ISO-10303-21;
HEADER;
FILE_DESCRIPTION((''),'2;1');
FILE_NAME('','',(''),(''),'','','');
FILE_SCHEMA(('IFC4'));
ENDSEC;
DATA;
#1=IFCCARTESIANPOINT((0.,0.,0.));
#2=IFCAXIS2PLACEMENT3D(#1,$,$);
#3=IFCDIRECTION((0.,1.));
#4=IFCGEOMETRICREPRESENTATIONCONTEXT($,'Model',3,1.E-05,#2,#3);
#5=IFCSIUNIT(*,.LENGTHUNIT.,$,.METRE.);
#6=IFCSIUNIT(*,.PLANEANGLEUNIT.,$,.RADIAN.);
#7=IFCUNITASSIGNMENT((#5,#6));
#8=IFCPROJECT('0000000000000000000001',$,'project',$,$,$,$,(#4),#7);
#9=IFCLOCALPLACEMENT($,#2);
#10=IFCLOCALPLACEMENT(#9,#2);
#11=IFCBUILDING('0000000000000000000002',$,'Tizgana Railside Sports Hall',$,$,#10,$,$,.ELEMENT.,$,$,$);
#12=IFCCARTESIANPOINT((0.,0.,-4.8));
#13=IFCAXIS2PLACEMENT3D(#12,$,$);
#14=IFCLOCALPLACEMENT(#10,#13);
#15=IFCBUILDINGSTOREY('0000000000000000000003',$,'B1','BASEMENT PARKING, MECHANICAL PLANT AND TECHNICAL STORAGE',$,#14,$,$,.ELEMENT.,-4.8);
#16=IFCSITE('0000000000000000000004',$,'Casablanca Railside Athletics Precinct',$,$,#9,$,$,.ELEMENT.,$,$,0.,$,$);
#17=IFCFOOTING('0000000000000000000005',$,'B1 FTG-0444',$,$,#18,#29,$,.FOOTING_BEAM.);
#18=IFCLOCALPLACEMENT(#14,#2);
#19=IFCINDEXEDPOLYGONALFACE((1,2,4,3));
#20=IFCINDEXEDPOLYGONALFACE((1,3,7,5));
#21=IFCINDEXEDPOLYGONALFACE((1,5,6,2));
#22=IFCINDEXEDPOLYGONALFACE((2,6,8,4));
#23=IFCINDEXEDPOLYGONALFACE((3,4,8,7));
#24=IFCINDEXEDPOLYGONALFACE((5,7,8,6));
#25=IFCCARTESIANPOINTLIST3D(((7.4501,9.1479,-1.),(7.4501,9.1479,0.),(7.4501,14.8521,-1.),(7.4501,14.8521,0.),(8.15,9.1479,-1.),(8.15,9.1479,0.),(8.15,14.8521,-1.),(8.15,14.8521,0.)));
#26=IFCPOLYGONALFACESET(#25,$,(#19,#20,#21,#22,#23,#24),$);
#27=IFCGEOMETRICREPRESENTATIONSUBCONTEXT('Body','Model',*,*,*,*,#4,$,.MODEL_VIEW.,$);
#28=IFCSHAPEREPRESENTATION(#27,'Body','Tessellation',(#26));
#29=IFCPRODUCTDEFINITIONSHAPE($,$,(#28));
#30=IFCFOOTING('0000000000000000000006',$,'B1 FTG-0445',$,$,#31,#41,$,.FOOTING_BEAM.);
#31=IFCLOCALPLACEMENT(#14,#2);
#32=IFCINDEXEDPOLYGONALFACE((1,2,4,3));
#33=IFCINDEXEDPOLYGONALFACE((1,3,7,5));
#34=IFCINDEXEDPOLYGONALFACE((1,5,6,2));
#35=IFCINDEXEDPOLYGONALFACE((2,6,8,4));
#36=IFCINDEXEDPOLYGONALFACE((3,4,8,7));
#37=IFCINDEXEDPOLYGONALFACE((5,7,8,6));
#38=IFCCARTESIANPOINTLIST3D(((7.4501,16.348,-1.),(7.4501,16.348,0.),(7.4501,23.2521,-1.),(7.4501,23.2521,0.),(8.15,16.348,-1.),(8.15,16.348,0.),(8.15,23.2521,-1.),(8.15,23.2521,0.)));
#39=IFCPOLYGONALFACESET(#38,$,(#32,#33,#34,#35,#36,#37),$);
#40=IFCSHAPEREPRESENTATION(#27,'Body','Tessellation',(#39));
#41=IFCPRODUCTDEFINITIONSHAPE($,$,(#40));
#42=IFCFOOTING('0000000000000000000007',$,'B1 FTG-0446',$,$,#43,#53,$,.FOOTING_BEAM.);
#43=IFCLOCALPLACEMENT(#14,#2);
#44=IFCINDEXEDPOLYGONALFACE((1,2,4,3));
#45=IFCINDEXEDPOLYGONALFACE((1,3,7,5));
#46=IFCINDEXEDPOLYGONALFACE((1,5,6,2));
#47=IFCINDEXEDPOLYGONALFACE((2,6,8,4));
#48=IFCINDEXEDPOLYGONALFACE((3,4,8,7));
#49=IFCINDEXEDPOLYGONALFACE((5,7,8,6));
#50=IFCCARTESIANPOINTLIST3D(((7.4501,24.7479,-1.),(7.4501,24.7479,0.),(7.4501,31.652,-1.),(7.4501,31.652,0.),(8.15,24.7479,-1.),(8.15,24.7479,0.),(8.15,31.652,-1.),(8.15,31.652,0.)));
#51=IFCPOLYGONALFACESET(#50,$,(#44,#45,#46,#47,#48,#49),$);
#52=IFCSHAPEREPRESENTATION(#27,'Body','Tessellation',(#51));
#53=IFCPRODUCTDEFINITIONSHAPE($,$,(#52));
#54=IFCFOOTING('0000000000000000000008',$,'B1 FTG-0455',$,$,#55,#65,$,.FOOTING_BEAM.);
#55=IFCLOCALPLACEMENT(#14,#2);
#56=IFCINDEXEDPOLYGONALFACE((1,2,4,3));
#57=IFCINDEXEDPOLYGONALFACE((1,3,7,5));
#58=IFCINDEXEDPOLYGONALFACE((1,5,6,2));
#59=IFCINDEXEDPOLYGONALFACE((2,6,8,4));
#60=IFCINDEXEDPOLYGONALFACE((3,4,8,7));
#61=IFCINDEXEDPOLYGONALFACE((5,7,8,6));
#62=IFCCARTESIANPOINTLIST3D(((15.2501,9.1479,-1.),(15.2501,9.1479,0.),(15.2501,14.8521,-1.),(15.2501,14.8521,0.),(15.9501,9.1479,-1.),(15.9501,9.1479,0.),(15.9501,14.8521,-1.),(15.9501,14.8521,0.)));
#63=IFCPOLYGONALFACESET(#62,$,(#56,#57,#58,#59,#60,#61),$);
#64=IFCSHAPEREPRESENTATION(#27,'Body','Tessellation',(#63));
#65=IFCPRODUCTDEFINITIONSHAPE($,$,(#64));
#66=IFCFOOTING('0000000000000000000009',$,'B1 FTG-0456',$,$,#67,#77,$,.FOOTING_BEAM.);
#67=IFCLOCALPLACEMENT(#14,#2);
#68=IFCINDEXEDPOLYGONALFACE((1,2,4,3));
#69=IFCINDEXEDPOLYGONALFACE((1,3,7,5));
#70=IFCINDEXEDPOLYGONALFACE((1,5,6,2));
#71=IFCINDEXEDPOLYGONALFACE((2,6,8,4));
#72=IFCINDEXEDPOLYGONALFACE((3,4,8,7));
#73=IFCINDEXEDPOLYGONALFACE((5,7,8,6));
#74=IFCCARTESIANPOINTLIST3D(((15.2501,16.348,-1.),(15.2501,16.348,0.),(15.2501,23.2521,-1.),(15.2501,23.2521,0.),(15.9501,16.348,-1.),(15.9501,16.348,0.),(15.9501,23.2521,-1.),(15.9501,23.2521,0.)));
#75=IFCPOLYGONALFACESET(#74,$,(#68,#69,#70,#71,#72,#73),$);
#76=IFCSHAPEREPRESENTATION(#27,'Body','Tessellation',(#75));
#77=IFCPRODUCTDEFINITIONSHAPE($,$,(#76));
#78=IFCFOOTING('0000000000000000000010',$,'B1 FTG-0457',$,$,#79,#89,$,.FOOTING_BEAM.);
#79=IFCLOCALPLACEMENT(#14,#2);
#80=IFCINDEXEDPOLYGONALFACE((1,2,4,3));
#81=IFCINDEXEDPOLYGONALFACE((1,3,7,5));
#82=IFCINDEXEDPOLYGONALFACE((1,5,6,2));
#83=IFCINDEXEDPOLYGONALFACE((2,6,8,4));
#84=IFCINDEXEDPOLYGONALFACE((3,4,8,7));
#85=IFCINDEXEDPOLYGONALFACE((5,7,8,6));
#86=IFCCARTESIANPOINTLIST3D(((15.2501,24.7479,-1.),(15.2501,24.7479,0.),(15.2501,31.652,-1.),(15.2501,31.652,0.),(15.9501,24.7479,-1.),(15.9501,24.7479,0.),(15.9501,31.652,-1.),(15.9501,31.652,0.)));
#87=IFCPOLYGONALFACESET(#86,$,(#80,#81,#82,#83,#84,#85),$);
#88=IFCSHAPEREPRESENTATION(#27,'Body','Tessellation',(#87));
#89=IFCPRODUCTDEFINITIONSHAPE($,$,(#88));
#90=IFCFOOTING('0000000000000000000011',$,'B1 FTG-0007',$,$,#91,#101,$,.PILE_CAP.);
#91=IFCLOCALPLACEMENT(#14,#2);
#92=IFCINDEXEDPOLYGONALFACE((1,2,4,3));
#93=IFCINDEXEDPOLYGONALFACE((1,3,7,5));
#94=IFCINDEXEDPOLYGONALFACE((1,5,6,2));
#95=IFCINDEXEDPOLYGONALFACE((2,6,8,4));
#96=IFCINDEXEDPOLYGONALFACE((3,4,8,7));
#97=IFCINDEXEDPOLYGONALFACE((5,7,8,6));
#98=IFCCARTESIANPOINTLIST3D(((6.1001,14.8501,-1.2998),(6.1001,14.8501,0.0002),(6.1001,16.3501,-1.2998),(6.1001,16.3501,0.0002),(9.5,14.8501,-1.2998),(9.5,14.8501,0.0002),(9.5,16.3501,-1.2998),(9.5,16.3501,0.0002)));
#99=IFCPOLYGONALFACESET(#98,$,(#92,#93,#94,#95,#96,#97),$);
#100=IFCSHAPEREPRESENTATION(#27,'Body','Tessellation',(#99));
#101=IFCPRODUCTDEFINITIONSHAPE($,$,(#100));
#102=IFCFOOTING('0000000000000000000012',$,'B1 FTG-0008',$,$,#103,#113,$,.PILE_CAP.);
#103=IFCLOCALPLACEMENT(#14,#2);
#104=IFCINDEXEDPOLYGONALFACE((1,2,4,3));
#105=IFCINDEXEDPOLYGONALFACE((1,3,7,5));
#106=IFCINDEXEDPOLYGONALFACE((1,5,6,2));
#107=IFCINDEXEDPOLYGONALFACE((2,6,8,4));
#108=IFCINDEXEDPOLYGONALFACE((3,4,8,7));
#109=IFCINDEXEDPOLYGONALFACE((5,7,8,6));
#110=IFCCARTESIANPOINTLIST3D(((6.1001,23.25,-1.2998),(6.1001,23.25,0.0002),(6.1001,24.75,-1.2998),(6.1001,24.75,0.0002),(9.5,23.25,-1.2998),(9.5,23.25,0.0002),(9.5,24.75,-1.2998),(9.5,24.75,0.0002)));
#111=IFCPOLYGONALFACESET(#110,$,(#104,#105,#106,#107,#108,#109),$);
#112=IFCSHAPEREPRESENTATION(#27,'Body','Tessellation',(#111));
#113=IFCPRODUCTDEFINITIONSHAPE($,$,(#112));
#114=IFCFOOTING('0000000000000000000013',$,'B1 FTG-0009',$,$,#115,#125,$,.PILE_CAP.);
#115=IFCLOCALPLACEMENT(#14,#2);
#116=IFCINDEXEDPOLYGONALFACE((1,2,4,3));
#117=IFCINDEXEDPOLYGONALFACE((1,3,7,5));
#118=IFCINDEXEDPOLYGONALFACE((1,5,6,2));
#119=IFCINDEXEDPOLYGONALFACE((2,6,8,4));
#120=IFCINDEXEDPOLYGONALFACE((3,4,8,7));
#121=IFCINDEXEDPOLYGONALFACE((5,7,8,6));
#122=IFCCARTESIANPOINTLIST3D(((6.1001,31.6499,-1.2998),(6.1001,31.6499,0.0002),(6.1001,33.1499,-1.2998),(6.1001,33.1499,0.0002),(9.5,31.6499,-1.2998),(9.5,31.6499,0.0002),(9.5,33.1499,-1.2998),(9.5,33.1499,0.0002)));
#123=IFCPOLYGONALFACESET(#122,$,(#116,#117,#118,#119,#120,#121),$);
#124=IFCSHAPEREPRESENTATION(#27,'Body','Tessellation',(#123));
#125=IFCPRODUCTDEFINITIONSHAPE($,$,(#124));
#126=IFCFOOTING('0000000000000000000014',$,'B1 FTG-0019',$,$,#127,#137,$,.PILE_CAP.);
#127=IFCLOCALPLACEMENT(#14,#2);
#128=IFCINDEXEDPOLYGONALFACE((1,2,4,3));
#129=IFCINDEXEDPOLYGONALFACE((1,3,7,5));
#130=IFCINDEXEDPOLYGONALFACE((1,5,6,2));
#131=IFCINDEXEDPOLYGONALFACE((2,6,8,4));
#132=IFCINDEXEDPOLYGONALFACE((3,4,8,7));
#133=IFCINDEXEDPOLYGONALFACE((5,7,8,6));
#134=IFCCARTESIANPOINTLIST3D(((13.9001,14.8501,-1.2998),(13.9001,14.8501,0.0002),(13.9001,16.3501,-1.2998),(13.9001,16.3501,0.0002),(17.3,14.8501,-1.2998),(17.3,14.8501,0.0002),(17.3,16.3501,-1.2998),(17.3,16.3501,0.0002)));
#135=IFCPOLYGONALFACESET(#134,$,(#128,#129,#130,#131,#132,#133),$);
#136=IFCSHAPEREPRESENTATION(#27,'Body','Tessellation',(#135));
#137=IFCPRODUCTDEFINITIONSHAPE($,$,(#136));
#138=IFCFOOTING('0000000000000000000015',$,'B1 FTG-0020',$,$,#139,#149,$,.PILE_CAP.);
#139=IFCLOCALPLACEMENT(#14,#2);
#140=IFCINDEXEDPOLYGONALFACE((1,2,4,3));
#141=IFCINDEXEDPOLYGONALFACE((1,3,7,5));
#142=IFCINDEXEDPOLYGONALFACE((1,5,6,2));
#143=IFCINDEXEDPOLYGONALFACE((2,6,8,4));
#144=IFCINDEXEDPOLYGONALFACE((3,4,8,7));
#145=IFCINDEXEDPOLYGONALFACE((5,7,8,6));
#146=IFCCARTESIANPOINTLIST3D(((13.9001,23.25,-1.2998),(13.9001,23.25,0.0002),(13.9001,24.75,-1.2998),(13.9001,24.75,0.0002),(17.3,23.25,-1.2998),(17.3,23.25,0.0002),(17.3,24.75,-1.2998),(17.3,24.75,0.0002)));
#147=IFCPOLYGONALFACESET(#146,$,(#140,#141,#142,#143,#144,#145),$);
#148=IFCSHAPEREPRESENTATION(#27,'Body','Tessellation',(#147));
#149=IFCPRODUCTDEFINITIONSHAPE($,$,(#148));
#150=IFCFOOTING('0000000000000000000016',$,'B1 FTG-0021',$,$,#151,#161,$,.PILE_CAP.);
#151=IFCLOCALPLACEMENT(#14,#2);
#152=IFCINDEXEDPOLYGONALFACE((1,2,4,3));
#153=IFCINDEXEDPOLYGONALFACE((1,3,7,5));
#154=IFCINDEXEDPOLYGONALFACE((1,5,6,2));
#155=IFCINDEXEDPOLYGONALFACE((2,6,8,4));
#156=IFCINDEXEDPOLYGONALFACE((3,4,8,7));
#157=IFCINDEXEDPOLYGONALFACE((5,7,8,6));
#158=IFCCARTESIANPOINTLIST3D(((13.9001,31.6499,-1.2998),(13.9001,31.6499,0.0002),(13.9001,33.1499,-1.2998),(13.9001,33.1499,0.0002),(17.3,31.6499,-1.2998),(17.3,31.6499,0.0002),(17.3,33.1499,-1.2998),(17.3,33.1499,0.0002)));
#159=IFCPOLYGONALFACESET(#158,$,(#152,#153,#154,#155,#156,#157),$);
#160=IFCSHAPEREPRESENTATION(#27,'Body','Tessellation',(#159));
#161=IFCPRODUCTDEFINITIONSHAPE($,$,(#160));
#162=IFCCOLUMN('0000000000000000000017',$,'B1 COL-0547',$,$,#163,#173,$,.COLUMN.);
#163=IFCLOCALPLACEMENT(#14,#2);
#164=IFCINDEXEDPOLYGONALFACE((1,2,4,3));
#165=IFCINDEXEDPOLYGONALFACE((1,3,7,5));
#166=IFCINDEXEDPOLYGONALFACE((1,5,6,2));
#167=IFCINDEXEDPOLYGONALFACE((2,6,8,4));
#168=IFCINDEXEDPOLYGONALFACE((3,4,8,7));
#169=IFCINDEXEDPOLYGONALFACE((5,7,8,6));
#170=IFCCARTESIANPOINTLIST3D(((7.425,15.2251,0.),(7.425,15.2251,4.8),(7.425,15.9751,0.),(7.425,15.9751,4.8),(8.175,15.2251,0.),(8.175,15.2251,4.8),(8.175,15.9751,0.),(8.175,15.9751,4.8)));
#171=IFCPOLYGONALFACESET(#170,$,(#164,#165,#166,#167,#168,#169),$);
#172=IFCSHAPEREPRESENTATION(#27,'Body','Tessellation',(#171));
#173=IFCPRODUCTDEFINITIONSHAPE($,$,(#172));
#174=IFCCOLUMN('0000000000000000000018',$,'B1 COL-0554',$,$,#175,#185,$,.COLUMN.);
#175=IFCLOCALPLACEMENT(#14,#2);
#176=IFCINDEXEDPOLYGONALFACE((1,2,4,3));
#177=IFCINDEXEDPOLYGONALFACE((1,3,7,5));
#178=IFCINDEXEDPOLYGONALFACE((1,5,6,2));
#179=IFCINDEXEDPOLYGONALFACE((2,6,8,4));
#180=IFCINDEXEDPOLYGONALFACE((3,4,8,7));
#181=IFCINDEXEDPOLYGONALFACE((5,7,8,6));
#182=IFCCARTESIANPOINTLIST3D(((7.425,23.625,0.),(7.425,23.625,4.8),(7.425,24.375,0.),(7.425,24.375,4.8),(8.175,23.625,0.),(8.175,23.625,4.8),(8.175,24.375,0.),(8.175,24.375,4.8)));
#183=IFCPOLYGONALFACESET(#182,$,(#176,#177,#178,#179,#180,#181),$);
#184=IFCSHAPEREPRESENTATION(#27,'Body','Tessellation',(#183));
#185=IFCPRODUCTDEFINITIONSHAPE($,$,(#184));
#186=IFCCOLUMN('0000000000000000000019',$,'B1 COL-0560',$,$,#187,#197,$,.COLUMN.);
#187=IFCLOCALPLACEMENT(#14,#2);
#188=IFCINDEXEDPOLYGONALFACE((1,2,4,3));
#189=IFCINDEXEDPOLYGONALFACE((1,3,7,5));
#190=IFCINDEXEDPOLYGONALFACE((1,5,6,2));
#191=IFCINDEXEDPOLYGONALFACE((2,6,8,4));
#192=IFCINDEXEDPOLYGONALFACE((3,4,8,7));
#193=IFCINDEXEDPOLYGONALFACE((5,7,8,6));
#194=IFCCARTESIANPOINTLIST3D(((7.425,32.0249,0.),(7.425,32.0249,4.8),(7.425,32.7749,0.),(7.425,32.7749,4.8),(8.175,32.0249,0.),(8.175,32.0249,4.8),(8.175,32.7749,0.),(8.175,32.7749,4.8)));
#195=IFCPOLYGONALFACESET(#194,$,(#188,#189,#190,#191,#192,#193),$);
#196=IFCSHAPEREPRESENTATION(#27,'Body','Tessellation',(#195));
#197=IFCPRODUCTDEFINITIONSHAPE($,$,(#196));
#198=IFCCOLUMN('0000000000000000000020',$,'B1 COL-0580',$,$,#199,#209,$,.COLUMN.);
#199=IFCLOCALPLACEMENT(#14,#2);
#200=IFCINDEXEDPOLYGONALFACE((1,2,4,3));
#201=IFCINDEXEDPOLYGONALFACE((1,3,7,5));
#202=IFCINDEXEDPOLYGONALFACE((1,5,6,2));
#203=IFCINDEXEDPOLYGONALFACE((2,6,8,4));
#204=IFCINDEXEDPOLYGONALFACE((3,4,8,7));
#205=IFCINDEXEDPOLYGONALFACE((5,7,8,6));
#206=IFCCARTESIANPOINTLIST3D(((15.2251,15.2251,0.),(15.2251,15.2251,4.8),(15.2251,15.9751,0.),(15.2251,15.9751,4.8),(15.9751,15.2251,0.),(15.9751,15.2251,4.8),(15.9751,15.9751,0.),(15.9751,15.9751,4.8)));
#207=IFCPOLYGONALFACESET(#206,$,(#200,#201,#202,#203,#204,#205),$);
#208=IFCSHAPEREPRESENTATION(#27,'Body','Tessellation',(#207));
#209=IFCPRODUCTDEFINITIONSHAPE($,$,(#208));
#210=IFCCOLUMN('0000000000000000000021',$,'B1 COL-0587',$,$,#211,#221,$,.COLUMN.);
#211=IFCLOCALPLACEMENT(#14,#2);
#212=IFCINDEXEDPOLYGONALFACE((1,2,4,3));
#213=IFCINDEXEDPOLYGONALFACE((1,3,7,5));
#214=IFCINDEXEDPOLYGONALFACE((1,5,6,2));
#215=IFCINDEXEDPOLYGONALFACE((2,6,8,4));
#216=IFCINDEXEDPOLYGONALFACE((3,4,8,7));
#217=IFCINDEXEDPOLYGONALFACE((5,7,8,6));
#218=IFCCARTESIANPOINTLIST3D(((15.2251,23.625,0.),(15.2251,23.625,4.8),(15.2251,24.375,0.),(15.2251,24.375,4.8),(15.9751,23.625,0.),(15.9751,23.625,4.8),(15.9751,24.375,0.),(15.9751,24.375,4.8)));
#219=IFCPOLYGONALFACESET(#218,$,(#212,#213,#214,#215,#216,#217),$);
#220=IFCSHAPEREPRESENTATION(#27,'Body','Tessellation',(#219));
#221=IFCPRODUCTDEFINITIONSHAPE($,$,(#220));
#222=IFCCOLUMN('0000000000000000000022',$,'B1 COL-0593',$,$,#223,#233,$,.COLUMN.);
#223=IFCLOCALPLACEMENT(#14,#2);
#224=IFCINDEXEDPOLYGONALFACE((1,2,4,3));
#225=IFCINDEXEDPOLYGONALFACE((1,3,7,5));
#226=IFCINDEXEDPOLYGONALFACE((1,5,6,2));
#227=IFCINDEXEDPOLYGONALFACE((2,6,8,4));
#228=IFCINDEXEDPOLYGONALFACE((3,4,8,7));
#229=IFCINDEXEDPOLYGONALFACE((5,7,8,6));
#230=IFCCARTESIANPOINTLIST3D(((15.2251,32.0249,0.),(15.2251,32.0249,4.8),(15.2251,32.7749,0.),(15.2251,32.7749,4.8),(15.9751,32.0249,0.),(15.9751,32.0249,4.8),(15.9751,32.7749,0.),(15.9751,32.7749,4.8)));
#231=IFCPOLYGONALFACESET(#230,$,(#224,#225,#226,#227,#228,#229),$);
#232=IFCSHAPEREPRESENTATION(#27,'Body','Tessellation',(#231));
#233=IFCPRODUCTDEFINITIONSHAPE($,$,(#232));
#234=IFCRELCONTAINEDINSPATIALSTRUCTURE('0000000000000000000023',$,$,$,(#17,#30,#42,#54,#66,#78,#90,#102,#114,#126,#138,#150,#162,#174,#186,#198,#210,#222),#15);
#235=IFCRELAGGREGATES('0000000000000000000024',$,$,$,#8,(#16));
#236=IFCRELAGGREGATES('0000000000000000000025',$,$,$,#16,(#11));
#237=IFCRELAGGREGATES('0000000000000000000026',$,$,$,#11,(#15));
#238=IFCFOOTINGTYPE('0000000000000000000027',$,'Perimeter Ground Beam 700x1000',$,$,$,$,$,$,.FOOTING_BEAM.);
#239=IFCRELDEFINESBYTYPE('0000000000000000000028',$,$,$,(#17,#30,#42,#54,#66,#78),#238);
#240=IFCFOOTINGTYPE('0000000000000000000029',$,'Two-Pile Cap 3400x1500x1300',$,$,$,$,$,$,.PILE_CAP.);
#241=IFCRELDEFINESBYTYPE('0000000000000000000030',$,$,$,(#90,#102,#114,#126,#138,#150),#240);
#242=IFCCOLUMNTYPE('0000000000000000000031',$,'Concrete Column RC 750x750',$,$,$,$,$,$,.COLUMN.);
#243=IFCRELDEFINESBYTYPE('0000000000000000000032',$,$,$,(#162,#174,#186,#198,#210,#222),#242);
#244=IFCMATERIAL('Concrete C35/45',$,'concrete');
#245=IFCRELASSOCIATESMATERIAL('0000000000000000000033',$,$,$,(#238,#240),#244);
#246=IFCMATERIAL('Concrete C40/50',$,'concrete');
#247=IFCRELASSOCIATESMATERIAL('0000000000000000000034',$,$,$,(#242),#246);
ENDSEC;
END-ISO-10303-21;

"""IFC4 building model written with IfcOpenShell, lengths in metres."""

from ifc_helpers import new_model, si_unit, direction, frame, origin, origin_2d, place, context, subcontext, project, spatial, rectangle, extrude, material, material_profile, profile_set, type_object, element, save


model = new_model("IFC4")

# Units and contexts
model_context = context("Model", 3, precision=1e-05, world=origin(), true_north=direction((0.0, 1.0)))
body_context = subcontext(model_context, "Body", "Model", "MODEL_VIEW")
ifc_project = project(units=[si_unit("LENGTHUNIT", "METRE"), si_unit("PLANEANGLEUNIT", "RADIAN")], contexts=[model_context])

# Site, building, storey
site_placement = place(None, origin())
site = spatial("IfcSite", under=ifc_project, at=site_placement, Name="Casablanca Railside Athletics Precinct", CompositionType="ELEMENT", RefElevation=0.0)
building_placement = place(site_placement, origin())
building = spatial("IfcBuilding", under=site, at=building_placement, Name="Tizgana Railside Sports Hall", CompositionType="ELEMENT")
storey_placement = place(building_placement, frame((0.0, 0.0, -4.8)))
storey = spatial("IfcBuildingStorey", under=building, at=storey_placement, Name="B1", Description="BASEMENT PARKING, MECHANICAL PLANT AND TECHNICAL STORAGE", CompositionType="ELEMENT", Elevation=-4.8)

# Shared definitions
ifc_material_1 = material(Name="Concrete C35/45", Category="concrete")

# Footings
footing_type_1 = type_object("IfcFootingType", Name="Perimeter Ground Beam 700x1000", PredefinedType="FOOTING_BEAM", material=ifc_material_1)
footing_1_placement = place(storey_placement, frame((7.8, 12.0, -1.0), z_axis=(0.0, 0.0, 1.0), x_axis=(0.0, 1.0, 0.0)))
element("IfcFooting", 1, at=footing_1_placement, inside=storey, type_object=footing_type_1, Name="B1 FTG-0444", PredefinedType="FOOTING_BEAM", context=body_context, shape_type="SweptSolid", body=[
    extrude(rectangle(XDim=5.7041, YDim=0.7, at=origin_2d()), origin(), (0.0, 0.0, 1.0), 1.0),
])
for number, where, z_axis, x_axis, name in (
    (2, (7.8, 19.8, -1.0), (0.0, 0.0, 1.0), (0.0, 1.0, 0.0), "B1 FTG-0445"),
    (3, (7.8, 28.2, -1.0), (0.0, 0.0, 1.0), (0.0, 1.0, 0.0), "B1 FTG-0446"),
):
    element("IfcFooting", number, at=place(storey_placement, frame(where, z_axis=z_axis, x_axis=x_axis)), inside=storey, type_object=footing_type_1, Name=name, PredefinedType="FOOTING_BEAM", context=body_context, shape_type="SweptSolid", body=[
        extrude(rectangle(XDim=6.9041, YDim=0.7, at=origin_2d()), origin(), (0.0, 0.0, 1.0), 1.0),
    ])
footing_2_placement = place(storey_placement, frame((15.6001, 12.0, -1.0), z_axis=(0.0, 0.0, 1.0), x_axis=(0.0, 1.0, 0.0)))
element("IfcFooting", 4, at=footing_2_placement, inside=storey, type_object=footing_type_1, Name="B1 FTG-0455", PredefinedType="FOOTING_BEAM", context=body_context, shape_type="SweptSolid", body=[
    extrude(rectangle(XDim=5.7041, YDim=0.7, at=origin_2d()), origin(), (0.0, 0.0, 1.0), 1.0),
])
for number, where, z_axis, x_axis, name in (
    (5, (15.6001, 19.8, -1.0), (0.0, 0.0, 1.0), (0.0, 1.0, 0.0), "B1 FTG-0456"),
    (6, (15.6001, 28.2, -1.0), (0.0, 0.0, 1.0), (0.0, 1.0, 0.0), "B1 FTG-0457"),
):
    element("IfcFooting", number, at=place(storey_placement, frame(where, z_axis=z_axis, x_axis=x_axis)), inside=storey, type_object=footing_type_1, Name=name, PredefinedType="FOOTING_BEAM", context=body_context, shape_type="SweptSolid", body=[
        extrude(rectangle(XDim=6.9041, YDim=0.7, at=origin_2d()), origin(), (0.0, 0.0, 1.0), 1.0),
    ])
footing_type_2 = type_object("IfcFootingType", Name="Two-Pile Cap 3400x1500x1300", PredefinedType="PILE_CAP", material=ifc_material_1)
for number, where, z_axis, x_axis, name in (
    (7, (7.8, 15.6001, -1.2998), (0.0, 0.0, 1.0), (1.0, 0.0, 0.0), "B1 FTG-0007"),
    (8, (7.8, 24.0, -1.2998), (0.0, 0.0, 1.0), (1.0, 0.0, 0.0), "B1 FTG-0008"),
    (9, (7.8, 32.3999, -1.2998), (0.0, 0.0, 1.0), (1.0, 0.0, 0.0), "B1 FTG-0009"),
    (10, (15.6001, 15.6001, -1.2998), (0.0, 0.0, 1.0), (1.0, 0.0, 0.0), "B1 FTG-0019"),
    (11, (15.6001, 24.0, -1.2998), (0.0, 0.0, 1.0), (1.0, 0.0, 0.0), "B1 FTG-0020"),
    (12, (15.6001, 32.3999, -1.2998), (0.0, 0.0, 1.0), (1.0, 0.0, 0.0), "B1 FTG-0021"),
):
    element("IfcFooting", number, at=place(storey_placement, frame(where, z_axis=z_axis, x_axis=x_axis)), inside=storey, type_object=footing_type_2, Name=name, PredefinedType="PILE_CAP", context=body_context, shape_type="SweptSolid", body=[
        extrude(rectangle(XDim=3.3999, YDim=1.5, at=origin_2d()), origin(), (0.0, 0.0, 1.0), 1.3),
    ])

# Columns
ifc_material_2 = material(Name="Concrete C40/50", Category="concrete")
ifc_material_profile_1 = material_profile(ifc_material_2, rectangle(XDim=0.75, YDim=0.75, at=origin_2d()), Name="RC 750x750")
ifc_profile_set_1 = profile_set([ifc_material_profile_1], Name="Concrete C40/50")
column_type = type_object("IfcColumnType", Name="Concrete Column RC 750x750", PredefinedType="COLUMN", material=ifc_profile_set_1)
for number, where, z_axis, x_axis, name in (
    (13, (7.8, 15.6001, 0.0), (0.0, 0.0, 1.0), (1.0, 0.0, 0.0), "B1 COL-0547"),
    (14, (7.8, 24.0, 0.0), (0.0, 0.0, 1.0), (1.0, 0.0, 0.0), "B1 COL-0554"),
    (15, (7.8, 32.3999, 0.0), (0.0, 0.0, 1.0), (1.0, 0.0, 0.0), "B1 COL-0560"),
    (16, (15.6001, 15.6001, 0.0), (0.0, 0.0, 1.0), (1.0, 0.0, 0.0), "B1 COL-0580"),
    (17, (15.6001, 24.0, 0.0), (0.0, 0.0, 1.0), (1.0, 0.0, 0.0), "B1 COL-0587"),
    (18, (15.6001, 32.3999, 0.0), (0.0, 0.0, 1.0), (1.0, 0.0, 0.0), "B1 COL-0593"),
):
    element("IfcColumn", number, at=place(storey_placement, frame(where, z_axis=z_axis, x_axis=x_axis)), inside=storey, type_object=column_type, Name=name, PredefinedType="COLUMN", context=body_context, shape_type="SweptSolid", body=[
        extrude(rectangle(XDim=0.75, YDim=0.75, at=origin_2d()), origin(), (0.0, 0.0, 1.0), 4.8),
    ])

save(model, "model.ifc")
